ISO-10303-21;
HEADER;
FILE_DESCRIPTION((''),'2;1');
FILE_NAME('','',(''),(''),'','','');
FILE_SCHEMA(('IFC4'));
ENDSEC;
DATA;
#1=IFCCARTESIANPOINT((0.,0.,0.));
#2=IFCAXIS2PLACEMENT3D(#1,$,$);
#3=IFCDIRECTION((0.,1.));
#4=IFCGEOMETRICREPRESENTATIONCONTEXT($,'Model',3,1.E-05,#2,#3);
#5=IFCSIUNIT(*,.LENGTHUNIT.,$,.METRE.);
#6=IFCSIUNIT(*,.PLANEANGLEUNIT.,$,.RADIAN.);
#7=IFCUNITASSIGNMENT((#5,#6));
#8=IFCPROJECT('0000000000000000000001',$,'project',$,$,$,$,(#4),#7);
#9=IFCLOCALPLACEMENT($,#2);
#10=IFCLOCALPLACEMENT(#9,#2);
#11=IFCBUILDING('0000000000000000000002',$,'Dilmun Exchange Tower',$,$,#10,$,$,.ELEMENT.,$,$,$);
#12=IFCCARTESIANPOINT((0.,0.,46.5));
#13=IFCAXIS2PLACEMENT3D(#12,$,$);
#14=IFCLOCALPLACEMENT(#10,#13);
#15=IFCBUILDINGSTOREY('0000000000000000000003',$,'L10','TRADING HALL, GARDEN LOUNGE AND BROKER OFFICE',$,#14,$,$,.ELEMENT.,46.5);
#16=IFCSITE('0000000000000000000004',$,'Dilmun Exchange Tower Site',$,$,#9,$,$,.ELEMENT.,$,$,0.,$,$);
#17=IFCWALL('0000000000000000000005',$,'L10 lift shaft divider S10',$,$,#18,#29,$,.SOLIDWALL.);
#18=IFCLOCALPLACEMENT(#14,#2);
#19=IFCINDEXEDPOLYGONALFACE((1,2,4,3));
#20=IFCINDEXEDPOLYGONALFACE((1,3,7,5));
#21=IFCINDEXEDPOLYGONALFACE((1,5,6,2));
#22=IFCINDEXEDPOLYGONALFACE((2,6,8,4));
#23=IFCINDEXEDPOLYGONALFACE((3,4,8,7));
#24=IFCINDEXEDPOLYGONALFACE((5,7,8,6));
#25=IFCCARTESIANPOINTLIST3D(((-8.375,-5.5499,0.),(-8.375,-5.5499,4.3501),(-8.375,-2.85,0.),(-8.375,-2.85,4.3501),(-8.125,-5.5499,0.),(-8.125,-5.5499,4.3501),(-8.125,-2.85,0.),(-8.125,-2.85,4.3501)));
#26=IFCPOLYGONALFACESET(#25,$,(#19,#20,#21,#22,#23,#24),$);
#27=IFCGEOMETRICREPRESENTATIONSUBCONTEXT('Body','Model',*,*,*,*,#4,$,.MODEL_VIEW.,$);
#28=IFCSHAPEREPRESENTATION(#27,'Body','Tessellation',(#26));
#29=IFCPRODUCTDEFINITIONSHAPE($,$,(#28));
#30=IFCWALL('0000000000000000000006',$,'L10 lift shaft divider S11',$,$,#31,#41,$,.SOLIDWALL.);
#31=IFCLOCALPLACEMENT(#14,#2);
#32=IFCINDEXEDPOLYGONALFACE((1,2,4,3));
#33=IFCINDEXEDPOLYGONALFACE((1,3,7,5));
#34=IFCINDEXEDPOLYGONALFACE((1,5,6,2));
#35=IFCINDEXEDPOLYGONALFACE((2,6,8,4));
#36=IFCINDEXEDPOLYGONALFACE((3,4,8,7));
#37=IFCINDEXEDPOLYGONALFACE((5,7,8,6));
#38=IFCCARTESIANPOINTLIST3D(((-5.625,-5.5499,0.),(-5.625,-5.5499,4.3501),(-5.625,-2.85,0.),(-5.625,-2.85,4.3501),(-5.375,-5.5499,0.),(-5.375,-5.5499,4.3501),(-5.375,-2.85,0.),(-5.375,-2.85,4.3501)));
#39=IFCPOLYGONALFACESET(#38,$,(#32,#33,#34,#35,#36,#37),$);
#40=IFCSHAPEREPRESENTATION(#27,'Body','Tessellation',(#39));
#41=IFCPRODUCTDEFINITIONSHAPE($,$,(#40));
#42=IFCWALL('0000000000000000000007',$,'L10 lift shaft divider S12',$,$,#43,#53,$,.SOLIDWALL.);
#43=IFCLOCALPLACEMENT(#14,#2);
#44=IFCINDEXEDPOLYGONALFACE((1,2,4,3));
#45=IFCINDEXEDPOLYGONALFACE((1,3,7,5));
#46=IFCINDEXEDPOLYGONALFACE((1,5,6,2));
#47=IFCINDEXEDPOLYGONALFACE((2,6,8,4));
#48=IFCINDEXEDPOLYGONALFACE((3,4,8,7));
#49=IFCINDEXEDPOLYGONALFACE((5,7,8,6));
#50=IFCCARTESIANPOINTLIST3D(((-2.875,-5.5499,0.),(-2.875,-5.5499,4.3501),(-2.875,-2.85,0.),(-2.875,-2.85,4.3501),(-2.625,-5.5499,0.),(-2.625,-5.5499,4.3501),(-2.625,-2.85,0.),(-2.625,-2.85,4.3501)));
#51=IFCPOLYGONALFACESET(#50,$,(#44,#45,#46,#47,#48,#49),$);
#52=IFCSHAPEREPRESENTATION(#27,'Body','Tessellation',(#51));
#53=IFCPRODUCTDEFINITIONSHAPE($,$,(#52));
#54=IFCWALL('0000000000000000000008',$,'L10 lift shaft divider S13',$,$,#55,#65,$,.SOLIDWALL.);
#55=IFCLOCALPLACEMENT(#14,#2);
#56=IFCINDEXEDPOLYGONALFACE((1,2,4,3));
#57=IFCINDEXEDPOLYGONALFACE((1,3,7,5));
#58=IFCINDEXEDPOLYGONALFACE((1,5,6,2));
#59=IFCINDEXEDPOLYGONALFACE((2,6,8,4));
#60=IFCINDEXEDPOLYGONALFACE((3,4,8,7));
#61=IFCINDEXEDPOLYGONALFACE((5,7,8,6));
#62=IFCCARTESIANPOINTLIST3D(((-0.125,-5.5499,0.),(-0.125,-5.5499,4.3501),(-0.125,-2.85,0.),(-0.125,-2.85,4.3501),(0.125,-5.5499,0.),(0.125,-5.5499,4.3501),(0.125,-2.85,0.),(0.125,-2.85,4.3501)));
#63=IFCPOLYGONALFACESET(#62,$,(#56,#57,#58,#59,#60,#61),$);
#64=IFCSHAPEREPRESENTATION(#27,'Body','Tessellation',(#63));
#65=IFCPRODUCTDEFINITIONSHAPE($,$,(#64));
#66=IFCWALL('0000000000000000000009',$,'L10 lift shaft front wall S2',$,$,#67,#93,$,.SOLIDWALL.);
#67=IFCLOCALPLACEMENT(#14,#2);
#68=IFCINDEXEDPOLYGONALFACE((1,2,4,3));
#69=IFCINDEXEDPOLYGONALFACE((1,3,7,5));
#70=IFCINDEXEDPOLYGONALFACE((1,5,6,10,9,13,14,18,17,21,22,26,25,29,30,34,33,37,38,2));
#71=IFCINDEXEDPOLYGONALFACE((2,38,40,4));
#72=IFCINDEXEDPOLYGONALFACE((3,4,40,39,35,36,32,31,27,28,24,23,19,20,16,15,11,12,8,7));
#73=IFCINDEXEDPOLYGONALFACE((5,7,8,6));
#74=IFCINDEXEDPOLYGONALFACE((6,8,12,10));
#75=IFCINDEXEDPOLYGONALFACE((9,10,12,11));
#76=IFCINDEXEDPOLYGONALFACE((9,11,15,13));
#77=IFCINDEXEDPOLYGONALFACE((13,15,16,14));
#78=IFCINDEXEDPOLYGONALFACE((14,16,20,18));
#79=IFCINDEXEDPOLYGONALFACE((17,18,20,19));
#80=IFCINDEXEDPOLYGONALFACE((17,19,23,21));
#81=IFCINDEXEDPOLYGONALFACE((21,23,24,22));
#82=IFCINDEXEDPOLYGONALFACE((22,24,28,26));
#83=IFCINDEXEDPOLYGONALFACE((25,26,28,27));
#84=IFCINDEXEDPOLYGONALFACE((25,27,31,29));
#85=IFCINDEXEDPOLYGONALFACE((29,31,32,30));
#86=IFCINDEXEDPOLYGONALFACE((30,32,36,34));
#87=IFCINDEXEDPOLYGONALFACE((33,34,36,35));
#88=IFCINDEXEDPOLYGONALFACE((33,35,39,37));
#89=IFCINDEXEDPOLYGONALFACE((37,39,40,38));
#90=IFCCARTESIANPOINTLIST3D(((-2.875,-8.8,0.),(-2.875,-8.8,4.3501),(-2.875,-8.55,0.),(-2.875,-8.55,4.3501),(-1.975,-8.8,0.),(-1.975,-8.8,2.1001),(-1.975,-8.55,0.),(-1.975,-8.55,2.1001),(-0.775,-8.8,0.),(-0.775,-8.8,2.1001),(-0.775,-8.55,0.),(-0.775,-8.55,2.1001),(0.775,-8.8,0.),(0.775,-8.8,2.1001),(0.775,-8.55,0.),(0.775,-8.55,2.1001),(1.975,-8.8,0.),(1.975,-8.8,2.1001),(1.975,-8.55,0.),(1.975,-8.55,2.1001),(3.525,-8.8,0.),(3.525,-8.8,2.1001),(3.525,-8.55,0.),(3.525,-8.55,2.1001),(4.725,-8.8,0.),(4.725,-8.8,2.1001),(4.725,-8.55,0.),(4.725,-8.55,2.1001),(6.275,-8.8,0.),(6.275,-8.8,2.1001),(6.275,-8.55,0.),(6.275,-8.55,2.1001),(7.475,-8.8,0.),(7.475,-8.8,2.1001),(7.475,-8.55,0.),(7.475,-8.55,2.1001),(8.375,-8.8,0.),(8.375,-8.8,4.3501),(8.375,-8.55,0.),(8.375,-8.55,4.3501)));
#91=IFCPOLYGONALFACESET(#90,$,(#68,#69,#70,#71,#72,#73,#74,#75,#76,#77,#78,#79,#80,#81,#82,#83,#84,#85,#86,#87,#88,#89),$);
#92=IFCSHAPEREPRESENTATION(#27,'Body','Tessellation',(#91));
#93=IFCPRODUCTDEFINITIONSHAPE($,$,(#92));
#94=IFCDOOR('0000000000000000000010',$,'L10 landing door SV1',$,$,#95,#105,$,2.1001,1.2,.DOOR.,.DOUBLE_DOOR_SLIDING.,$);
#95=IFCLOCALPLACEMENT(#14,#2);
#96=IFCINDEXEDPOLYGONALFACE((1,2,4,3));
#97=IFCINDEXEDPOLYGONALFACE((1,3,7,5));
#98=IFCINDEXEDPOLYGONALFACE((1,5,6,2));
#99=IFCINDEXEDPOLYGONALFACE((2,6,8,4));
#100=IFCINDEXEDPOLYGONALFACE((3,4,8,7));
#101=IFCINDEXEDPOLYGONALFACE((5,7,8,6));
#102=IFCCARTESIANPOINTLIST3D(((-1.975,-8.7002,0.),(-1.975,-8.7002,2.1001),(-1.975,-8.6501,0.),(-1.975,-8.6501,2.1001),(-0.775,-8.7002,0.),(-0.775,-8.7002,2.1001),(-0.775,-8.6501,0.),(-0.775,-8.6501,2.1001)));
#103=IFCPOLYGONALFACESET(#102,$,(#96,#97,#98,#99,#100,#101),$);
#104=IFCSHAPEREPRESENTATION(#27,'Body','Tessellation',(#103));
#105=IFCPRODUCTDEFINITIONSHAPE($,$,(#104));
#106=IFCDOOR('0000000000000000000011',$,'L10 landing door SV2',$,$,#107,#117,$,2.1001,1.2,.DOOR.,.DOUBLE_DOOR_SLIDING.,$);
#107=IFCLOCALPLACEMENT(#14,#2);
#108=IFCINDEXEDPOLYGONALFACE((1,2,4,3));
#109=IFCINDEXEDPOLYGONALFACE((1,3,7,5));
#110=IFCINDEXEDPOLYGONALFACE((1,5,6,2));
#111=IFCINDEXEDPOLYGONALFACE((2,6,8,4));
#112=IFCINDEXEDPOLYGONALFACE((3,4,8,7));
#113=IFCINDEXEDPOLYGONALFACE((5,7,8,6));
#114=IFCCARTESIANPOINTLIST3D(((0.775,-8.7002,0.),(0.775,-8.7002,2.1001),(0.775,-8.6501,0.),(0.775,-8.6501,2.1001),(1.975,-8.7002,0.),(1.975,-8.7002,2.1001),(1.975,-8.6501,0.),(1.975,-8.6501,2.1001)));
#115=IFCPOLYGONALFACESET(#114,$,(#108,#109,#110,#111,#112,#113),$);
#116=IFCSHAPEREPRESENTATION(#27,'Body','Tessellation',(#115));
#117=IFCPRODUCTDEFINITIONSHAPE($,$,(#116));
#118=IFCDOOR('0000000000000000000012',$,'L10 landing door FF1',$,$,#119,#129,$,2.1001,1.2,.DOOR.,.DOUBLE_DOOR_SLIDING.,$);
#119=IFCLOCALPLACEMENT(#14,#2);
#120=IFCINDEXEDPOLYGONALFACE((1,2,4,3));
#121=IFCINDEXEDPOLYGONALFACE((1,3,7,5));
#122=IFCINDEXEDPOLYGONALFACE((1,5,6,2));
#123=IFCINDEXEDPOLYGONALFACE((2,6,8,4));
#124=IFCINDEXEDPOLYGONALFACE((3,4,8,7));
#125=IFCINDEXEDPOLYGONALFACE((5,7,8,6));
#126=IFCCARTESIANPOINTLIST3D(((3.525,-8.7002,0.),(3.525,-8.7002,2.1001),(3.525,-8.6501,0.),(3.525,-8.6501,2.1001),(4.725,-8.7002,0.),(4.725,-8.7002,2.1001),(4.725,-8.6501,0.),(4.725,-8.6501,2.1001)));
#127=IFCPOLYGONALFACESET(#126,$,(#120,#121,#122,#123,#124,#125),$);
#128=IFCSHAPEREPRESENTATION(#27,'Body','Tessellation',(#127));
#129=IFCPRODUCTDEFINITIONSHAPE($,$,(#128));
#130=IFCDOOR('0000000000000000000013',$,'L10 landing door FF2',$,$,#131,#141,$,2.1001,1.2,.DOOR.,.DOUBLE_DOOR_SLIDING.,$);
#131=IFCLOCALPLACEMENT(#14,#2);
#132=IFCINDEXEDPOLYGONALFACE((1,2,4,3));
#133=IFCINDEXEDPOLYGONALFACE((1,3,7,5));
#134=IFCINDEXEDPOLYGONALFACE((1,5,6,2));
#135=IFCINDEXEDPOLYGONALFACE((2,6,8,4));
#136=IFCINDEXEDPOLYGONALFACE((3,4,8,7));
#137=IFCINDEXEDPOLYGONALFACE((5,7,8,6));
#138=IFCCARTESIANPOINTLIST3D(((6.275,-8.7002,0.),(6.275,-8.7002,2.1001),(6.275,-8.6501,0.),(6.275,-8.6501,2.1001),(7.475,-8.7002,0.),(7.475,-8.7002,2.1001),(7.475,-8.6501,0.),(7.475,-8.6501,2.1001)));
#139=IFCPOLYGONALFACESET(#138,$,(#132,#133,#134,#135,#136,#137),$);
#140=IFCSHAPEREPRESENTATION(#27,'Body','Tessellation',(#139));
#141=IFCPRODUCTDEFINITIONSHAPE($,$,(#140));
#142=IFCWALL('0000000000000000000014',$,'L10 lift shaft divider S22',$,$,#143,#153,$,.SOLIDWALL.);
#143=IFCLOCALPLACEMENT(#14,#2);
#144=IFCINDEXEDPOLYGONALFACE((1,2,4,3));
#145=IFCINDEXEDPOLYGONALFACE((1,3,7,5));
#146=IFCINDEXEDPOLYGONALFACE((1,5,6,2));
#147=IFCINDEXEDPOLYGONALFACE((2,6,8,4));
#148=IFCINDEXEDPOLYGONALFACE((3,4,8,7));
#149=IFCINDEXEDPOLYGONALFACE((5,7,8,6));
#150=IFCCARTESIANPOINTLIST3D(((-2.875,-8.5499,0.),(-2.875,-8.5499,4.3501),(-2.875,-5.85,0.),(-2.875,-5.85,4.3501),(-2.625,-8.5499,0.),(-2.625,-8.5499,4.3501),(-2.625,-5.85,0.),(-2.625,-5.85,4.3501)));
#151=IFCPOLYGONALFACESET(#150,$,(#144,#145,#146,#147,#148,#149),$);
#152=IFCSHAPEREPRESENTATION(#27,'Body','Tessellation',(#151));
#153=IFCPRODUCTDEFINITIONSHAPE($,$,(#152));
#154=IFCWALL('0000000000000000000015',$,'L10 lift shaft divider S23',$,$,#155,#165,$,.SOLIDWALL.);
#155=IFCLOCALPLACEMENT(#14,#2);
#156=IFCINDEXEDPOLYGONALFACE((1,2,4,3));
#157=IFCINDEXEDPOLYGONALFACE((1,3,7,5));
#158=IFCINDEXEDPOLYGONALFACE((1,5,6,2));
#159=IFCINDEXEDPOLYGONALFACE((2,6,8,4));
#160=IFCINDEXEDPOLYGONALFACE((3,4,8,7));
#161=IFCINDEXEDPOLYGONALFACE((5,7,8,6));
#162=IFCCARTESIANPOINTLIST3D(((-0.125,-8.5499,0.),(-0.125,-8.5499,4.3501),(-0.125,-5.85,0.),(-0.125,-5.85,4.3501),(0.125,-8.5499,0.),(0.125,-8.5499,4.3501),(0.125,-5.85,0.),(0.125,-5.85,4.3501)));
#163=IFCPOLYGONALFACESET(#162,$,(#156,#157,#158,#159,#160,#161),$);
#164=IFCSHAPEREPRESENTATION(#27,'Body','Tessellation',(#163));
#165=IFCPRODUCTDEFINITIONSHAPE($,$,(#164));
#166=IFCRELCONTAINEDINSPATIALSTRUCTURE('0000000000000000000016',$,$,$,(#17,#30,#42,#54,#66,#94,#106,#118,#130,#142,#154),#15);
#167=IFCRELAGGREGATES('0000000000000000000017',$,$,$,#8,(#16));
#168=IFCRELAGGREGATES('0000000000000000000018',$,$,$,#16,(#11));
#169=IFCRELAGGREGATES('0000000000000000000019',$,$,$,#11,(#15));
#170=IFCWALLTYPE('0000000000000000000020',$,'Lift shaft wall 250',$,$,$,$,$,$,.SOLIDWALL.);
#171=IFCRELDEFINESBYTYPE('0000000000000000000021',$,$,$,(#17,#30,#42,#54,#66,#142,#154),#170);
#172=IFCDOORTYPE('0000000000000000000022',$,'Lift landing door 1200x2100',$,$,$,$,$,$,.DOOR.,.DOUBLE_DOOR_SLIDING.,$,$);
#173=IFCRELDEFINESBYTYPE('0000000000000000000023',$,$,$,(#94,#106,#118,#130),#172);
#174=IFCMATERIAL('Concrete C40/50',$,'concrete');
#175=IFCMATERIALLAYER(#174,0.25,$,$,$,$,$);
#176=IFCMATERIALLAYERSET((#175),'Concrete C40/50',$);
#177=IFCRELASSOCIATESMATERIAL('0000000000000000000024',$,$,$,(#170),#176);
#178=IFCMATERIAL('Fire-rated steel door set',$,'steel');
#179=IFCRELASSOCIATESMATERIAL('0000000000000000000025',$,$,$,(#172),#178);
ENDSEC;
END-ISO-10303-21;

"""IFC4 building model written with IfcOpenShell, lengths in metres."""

from ifc_helpers import new_model, si_unit, direction, frame, frame_2d, origin, place, context, subcontext, project, spatial, rectangle, extrude, material, layer, layer_set, type_object, element, fill, save


model = new_model("IFC4")

# Units and contexts
model_context = context("Model", 3, precision=1e-05, world=origin(), true_north=direction((0.0, 1.0)))
body_context = subcontext(model_context, "Body", "Model", "MODEL_VIEW")
ifc_project = project(units=[si_unit("LENGTHUNIT", "METRE"), si_unit("PLANEANGLEUNIT", "RADIAN")], contexts=[model_context])

# Site, building, storey
site_placement = place(None, origin())
site = spatial("IfcSite", under=ifc_project, at=site_placement, Name="Dilmun Exchange Tower Site", CompositionType="ELEMENT", RefElevation=0.0)
building_placement = place(site_placement, origin())
building = spatial("IfcBuilding", under=site, at=building_placement, Name="Dilmun Exchange Tower", CompositionType="ELEMENT")
storey_placement = place(building_placement, frame((0.0, 0.0, 46.5)))
storey = spatial("IfcBuildingStorey", under=building, at=storey_placement, Name="L10", Description="TRADING HALL, GARDEN LOUNGE AND BROKER OFFICE", CompositionType="ELEMENT", Elevation=46.5)

# Shared definitions
ifc_material_1 = material(Name="Concrete C40/50", Category="concrete")

# Shared definitions
ifc_material_2 = material(Name="Fire-rated steel door set", Category="steel")

# Walls
ifc_layer_1 = layer(ifc_material_1, 0.25)
ifc_layer_set_1 = layer_set([ifc_layer_1], Name="Concrete C40/50")
wall_type_1 = type_object("IfcWallType", Name="Lift shaft wall 250", PredefinedType="SOLIDWALL", material=ifc_layer_set_1)
for number, where, z_axis, x_axis, name in (
    (1, (-8.25, -5.55, 0.0), (0.0, 0.0, 1.0), (0.0, 1.0, 0.0), "L10 lift shaft divider S10"),
    (2, (-5.5, -5.55, 0.0), (0.0, 0.0, 1.0), (0.0, 1.0, 0.0), "L10 lift shaft divider S11"),
    (3, (-2.75, -5.55, 0.0), (0.0, 0.0, 1.0), (0.0, 1.0, 0.0), "L10 lift shaft divider S12"),
    (4, (0.0, -5.55, 0.0), (0.0, 0.0, 1.0), (0.0, 1.0, 0.0), "L10 lift shaft divider S13"),
):
    element("IfcWall", number, at=place(storey_placement, frame(where, z_axis=z_axis, x_axis=x_axis)), inside=storey, type_object=wall_type_1, Name=name, PredefinedType="SOLIDWALL", context=body_context, shape_type="SweptSolid", body=[
        extrude(rectangle(XDim=2.7, YDim=0.25, at=frame_2d((1.3501, 0.0))), origin(), (0.0, 0.0, 1.0), 4.3501),
    ])

# Wall, openings, doors
wall_1_placement = place(storey_placement, frame((-2.875, -8.675, 0.0), z_axis=(0.0, 0.0, 1.0), x_axis=(1.0, 0.0, 0.0)))
wall_1 = element("IfcWall", 5, at=wall_1_placement, inside=storey, type_object=wall_type_1, Name="L10 lift shaft front wall S2", PredefinedType="SOLIDWALL", context=body_context, shape_type="SweptSolid", body=[
    extrude(rectangle(XDim=11.25, YDim=0.25, at=frame_2d((5.625, 0.0))), origin(), (0.0, 0.0, 1.0), 4.3501),
])
opening_1_placement = place(wall_1_placement, frame((0.8999, 0.0, 0.0)))
opening_1 = element("IfcOpeningElement", 6, at=opening_1_placement, cuts=wall_1, PredefinedType="OPENING", context=body_context, shape_type="SweptSolid", body=[
    extrude(rectangle(XDim=1.2, YDim=2.1001, at=frame_2d((0.6001, 1.05))), frame((0.0, 0.135, 0.0), z_axis=(0.0, -1.0, 0.0), x_axis=(1.0, 0.0, 0.0)), (0.0, 0.0, 1.0), 0.27),
])
opening_2_placement = place(wall_1_placement, frame((3.6499, 0.0, 0.0)))
opening_2 = element("IfcOpeningElement", 7, at=opening_2_placement, cuts=wall_1, PredefinedType="OPENING", context=body_context, shape_type="SweptSolid", body=[
    extrude(rectangle(XDim=1.2, YDim=2.1001, at=frame_2d((0.6001, 1.05))), frame((0.0, 0.135, 0.0), z_axis=(0.0, -1.0, 0.0), x_axis=(1.0, 0.0, 0.0)), (0.0, 0.0, 1.0), 0.27),
])
opening_3_placement = place(wall_1_placement, frame((6.3999, 0.0, 0.0)))
opening_3 = element("IfcOpeningElement", 8, at=opening_3_placement, cuts=wall_1, PredefinedType="OPENING", context=body_context, shape_type="SweptSolid", body=[
    extrude(rectangle(XDim=1.2, YDim=2.1001, at=frame_2d((0.6001, 1.05))), frame((0.0, 0.135, 0.0), z_axis=(0.0, -1.0, 0.0), x_axis=(1.0, 0.0, 0.0)), (0.0, 0.0, 1.0), 0.27),
])
opening_4_placement = place(wall_1_placement, frame((9.1499, 0.0, 0.0)))
opening_4 = element("IfcOpeningElement", 9, at=opening_4_placement, cuts=wall_1, PredefinedType="OPENING", context=body_context, shape_type="SweptSolid", body=[
    extrude(rectangle(XDim=1.2, YDim=2.1001, at=frame_2d((0.6001, 1.05))), frame((0.0, 0.135, 0.0), z_axis=(0.0, -1.0, 0.0), x_axis=(1.0, 0.0, 0.0)), (0.0, 0.0, 1.0), 0.27),
])
door_type_1 = type_object("IfcDoorType", Name="Lift landing door 1200x2100", OperationType="DOUBLE_DOOR_SLIDING", PredefinedType="DOOR", material=ifc_material_2)
door_1_placement = place(opening_1_placement, origin())
door_1 = element("IfcDoor", 10, at=door_1_placement, inside=storey, type_object=door_type_1, Name="L10 landing door SV1", OperationType="DOUBLE_DOOR_SLIDING", OverallHeight=2.1001, OverallWidth=1.2, PredefinedType="DOOR", context=body_context, shape_type="SweptSolid", body=[
    extrude(rectangle(XDim=1.2, YDim=2.1001, at=frame_2d((0.6001, 1.05))), frame((0.0, 0.0249, 0.0), z_axis=(0.0, -1.0, 0.0), x_axis=(1.0, 0.0, 0.0)), (0.0, 0.0, 1.0), 0.05),
])
fill(opening_1, door_1)
door_2_placement = place(opening_2_placement, origin())
door_2 = element("IfcDoor", 11, at=door_2_placement, inside=storey, type_object=door_type_1, Name="L10 landing door SV2", OperationType="DOUBLE_DOOR_SLIDING", OverallHeight=2.1001, OverallWidth=1.2, PredefinedType="DOOR", context=body_context, shape_type="SweptSolid", body=[
    extrude(rectangle(XDim=1.2, YDim=2.1001, at=frame_2d((0.6001, 1.05))), frame((0.0, 0.0249, 0.0), z_axis=(0.0, -1.0, 0.0), x_axis=(1.0, 0.0, 0.0)), (0.0, 0.0, 1.0), 0.05),
])
fill(opening_2, door_2)
door_3_placement = place(opening_3_placement, origin())
door_3 = element("IfcDoor", 12, at=door_3_placement, inside=storey, type_object=door_type_1, Name="L10 landing door FF1", OperationType="DOUBLE_DOOR_SLIDING", OverallHeight=2.1001, OverallWidth=1.2, PredefinedType="DOOR", context=body_context, shape_type="SweptSolid", body=[
    extrude(rectangle(XDim=1.2, YDim=2.1001, at=frame_2d((0.6001, 1.05))), frame((0.0, 0.0249, 0.0), z_axis=(0.0, -1.0, 0.0), x_axis=(1.0, 0.0, 0.0)), (0.0, 0.0, 1.0), 0.05),
])
fill(opening_3, door_3)
door_4_placement = place(opening_4_placement, origin())
door_4 = element("IfcDoor", 13, at=door_4_placement, inside=storey, type_object=door_type_1, Name="L10 landing door FF2", OperationType="DOUBLE_DOOR_SLIDING", OverallHeight=2.1001, OverallWidth=1.2, PredefinedType="DOOR", context=body_context, shape_type="SweptSolid", body=[
    extrude(rectangle(XDim=1.2, YDim=2.1001, at=frame_2d((0.6001, 1.05))), frame((0.0, 0.0249, 0.0), z_axis=(0.0, -1.0, 0.0), x_axis=(1.0, 0.0, 0.0)), (0.0, 0.0, 1.0), 0.05),
])
fill(opening_4, door_4)

# Walls
for number, where, z_axis, x_axis, name in (
    (14, (-2.75, -8.55, 0.0), (0.0, 0.0, 1.0), (0.0, 1.0, 0.0), "L10 lift shaft divider S22"),
    (15, (0.0, -8.55, 0.0), (0.0, 0.0, 1.0), (0.0, 1.0, 0.0), "L10 lift shaft divider S23"),
):
    element("IfcWall", number, at=place(storey_placement, frame(where, z_axis=z_axis, x_axis=x_axis)), inside=storey, type_object=wall_type_1, Name=name, PredefinedType="SOLIDWALL", context=body_context, shape_type="SweptSolid", body=[
        extrude(rectangle(XDim=2.7, YDim=0.25, at=frame_2d((1.3501, 0.0))), origin(), (0.0, 0.0, 1.0), 4.3501),
    ])

save(model, "model.ifc")
